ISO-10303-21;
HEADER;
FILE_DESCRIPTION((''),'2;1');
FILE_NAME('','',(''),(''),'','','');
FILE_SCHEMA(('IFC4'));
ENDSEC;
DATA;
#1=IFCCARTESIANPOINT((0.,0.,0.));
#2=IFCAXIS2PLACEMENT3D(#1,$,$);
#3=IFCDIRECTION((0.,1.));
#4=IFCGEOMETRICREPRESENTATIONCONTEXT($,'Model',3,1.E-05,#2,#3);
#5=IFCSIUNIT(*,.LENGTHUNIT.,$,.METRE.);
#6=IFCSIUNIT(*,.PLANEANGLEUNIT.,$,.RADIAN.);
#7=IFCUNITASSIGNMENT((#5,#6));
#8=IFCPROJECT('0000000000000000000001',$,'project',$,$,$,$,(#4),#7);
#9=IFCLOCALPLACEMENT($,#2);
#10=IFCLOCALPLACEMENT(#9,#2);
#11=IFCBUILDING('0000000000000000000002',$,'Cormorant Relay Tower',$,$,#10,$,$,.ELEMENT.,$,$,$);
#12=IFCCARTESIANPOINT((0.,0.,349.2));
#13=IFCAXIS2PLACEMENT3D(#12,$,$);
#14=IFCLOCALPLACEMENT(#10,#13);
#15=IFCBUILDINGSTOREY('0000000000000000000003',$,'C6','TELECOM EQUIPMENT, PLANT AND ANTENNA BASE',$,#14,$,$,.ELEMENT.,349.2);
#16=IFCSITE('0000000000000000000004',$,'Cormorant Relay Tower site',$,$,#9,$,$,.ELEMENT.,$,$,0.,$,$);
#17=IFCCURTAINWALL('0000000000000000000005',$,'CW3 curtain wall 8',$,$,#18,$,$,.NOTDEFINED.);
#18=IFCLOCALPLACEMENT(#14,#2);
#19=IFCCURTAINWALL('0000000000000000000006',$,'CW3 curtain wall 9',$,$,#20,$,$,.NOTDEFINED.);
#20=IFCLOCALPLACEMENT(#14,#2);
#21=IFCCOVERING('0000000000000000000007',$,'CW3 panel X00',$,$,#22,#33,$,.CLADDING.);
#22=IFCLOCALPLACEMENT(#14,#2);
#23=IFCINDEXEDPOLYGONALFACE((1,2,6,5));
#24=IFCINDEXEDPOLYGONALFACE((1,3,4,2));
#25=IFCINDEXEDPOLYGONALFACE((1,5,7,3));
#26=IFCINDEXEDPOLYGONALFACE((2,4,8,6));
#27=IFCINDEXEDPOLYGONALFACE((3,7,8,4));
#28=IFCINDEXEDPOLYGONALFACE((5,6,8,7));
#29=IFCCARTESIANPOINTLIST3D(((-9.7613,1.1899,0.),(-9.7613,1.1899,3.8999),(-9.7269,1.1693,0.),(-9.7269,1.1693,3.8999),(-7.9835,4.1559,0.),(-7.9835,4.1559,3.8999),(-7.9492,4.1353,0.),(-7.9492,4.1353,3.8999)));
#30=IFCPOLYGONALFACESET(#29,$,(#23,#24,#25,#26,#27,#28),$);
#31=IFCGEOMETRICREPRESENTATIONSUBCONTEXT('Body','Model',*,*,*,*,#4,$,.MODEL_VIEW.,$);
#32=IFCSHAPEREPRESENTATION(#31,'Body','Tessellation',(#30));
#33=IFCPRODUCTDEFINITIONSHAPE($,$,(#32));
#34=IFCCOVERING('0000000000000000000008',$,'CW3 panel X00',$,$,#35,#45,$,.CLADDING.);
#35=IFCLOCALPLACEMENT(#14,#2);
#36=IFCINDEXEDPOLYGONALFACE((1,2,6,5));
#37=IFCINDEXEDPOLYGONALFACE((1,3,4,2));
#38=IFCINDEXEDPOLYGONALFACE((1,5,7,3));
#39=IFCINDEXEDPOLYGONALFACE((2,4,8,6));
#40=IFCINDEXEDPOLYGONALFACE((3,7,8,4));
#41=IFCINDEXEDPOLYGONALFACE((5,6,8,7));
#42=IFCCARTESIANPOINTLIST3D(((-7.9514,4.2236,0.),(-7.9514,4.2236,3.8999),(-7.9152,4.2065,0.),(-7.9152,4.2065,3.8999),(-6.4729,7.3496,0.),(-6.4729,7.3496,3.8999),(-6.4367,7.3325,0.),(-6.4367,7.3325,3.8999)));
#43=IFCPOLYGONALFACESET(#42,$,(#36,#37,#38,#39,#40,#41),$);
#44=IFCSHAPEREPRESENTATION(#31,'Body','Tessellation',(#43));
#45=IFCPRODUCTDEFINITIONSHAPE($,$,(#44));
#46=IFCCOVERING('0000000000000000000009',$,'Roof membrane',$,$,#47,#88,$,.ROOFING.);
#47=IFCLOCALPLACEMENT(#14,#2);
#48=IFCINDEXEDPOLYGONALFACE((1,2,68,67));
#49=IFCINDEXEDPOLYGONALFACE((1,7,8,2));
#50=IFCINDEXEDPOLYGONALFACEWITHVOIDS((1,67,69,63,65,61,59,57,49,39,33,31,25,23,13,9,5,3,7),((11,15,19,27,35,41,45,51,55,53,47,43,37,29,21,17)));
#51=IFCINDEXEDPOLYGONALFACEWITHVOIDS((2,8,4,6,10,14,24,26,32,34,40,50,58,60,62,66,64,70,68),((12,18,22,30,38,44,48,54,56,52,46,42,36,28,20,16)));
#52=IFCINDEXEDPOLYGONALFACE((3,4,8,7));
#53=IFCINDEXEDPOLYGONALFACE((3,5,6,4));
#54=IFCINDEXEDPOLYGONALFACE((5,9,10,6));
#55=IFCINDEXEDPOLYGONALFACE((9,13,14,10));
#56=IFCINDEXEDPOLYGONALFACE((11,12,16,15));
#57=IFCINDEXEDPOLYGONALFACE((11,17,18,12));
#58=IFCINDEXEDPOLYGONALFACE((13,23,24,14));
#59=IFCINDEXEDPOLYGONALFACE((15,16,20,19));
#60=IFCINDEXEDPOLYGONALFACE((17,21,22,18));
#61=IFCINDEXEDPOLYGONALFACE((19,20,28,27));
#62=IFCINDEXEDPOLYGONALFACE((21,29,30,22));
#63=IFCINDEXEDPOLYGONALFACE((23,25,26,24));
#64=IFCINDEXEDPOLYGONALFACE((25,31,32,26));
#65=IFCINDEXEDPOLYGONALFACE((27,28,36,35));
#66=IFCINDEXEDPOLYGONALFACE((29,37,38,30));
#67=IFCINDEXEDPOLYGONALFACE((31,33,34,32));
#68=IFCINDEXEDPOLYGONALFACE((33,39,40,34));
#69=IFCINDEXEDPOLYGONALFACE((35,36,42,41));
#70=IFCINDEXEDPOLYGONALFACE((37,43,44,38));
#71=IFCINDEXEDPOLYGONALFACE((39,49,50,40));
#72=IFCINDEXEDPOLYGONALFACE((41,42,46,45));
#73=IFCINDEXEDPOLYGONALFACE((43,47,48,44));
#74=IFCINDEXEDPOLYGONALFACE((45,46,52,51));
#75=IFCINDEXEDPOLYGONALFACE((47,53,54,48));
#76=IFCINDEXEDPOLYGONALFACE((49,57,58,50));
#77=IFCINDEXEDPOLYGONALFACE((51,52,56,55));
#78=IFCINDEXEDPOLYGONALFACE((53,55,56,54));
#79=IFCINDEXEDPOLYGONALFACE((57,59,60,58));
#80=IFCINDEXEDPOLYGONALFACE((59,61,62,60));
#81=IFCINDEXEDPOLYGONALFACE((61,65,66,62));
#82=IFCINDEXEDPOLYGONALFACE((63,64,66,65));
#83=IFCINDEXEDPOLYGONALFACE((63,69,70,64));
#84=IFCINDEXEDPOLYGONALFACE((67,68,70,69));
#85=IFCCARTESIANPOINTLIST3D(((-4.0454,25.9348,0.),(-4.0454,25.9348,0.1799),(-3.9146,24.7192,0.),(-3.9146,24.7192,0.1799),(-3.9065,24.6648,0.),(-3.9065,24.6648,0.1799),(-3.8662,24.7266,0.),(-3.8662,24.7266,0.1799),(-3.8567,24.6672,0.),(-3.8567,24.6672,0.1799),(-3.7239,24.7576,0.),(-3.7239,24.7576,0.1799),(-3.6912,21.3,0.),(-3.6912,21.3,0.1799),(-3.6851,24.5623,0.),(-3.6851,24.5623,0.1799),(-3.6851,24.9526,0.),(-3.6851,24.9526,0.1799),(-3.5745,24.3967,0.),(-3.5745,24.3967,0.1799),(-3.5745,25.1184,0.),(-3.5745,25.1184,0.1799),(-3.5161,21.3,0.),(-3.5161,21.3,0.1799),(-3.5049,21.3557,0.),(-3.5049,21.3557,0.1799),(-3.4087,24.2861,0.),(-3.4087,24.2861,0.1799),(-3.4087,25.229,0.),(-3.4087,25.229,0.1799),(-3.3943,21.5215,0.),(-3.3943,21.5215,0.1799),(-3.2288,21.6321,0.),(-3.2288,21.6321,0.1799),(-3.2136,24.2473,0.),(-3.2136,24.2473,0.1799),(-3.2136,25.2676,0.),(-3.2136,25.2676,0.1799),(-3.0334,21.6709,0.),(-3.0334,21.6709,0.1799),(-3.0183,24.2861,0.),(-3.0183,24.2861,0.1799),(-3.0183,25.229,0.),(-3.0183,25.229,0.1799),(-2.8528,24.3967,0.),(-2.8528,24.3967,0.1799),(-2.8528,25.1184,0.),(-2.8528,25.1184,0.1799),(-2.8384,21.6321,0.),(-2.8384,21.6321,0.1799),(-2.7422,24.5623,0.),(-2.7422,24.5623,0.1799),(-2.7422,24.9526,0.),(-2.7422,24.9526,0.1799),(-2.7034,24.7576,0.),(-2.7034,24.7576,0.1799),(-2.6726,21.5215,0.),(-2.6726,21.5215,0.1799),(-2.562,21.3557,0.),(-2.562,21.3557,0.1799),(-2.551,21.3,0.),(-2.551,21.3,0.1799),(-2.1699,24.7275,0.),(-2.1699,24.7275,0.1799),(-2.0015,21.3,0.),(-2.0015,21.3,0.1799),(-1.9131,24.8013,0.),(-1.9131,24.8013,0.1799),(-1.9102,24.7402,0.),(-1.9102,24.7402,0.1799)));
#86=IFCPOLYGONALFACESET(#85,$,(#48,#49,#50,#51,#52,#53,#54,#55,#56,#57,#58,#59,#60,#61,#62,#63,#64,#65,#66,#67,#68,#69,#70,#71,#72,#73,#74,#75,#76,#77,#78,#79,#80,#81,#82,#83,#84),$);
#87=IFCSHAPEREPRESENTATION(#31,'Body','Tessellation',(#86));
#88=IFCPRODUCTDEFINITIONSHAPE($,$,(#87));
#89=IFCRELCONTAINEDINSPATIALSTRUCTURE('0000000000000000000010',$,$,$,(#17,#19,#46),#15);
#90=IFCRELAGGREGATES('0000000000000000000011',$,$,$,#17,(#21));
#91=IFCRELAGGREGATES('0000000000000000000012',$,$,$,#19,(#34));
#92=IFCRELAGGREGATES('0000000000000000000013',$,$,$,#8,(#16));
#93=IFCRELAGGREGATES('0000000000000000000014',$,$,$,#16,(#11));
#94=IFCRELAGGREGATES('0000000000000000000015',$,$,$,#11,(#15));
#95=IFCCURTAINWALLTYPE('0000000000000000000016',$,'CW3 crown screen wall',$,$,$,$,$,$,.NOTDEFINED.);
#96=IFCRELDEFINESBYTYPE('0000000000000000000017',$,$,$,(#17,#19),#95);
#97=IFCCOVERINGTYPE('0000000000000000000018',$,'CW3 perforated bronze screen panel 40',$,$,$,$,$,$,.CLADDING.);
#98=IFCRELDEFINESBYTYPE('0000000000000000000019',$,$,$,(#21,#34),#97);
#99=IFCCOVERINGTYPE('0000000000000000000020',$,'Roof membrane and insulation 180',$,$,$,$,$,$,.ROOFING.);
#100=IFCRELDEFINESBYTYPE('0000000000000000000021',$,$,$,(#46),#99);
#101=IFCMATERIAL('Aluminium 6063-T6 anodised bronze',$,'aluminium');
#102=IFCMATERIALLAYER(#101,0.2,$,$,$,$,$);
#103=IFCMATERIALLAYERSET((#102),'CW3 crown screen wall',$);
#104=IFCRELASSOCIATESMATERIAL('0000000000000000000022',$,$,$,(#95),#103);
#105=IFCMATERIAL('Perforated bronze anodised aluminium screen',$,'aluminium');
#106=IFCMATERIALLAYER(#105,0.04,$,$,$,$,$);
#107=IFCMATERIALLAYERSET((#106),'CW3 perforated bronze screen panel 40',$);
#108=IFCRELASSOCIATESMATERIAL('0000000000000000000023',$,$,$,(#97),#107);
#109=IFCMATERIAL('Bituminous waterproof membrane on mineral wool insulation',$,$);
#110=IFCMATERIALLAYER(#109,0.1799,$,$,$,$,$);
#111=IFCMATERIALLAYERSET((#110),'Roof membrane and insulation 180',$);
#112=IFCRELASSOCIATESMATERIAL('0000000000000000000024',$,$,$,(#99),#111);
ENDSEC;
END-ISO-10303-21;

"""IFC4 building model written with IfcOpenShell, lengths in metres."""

from ifc_helpers import new_model, si_unit, direction, frame, origin, origin_2d, place, context, subcontext, project, spatial, polyline, rectangle, outline, extrude, material, layer, layer_set, type_object, element, aggregate, save


model = new_model("IFC4")

# Units and contexts
model_context = context("Model", 3, precision=1e-05, world=origin(), true_north=direction((0.0, 1.0)))
body_context = subcontext(model_context, "Body", "Model", "MODEL_VIEW")
ifc_project = project(units=[si_unit("LENGTHUNIT", "METRE"), si_unit("PLANEANGLEUNIT", "RADIAN")], contexts=[model_context])

# Site, building, storey
site_placement = place(None, origin())
site = spatial("IfcSite", under=ifc_project, at=site_placement, Name="Cormorant Relay Tower site", CompositionType="ELEMENT", RefElevation=0.0)
building_placement = place(site_placement, origin())
building = spatial("IfcBuilding", under=site, at=building_placement, Name="Cormorant Relay Tower", CompositionType="ELEMENT")
storey_placement = place(building_placement, frame((0.0, 0.0, 349.2)))
storey = spatial("IfcBuildingStorey", under=building, at=storey_placement, Name="C6", Description="TELECOM EQUIPMENT, PLANT AND ANTENNA BASE", CompositionType="ELEMENT", Elevation=349.2)

# Curtain walls
ifc_material_1 = material(Name="Aluminium 6063-T6 anodised bronze", Category="aluminium")
ifc_layer_1 = layer(ifc_material_1, 0.2)
ifc_layer_set_1 = layer_set([ifc_layer_1], Name="CW3 crown screen wall")
curtain_wall_type = type_object("IfcCurtainWallType", Name="CW3 crown screen wall", PredefinedType="NOTDEFINED", material=ifc_layer_set_1)
curtain_wall_1_placement = place(storey_placement, origin())
curtain_wall_1 = element("IfcCurtainWall", 1, at=curtain_wall_1_placement, inside=storey, type_object=curtain_wall_type, Name="CW3 curtain wall 8", PredefinedType="NOTDEFINED")
curtain_wall_2_placement = place(storey_placement, origin())
curtain_wall_2 = element("IfcCurtainWall", 2, at=curtain_wall_2_placement, inside=storey, type_object=curtain_wall_type, Name="CW3 curtain wall 9", PredefinedType="NOTDEFINED")

# Shared definitions
ifc_material_2 = material(Name="Perforated bronze anodised aluminium screen", Category="aluminium")
ifc_layer_2 = layer(ifc_material_2, 0.04)
ifc_layer_set_2 = layer_set([ifc_layer_2], Name="CW3 perforated bronze screen panel 40")
covering_type_1 = type_object("IfcCoveringType", Name="CW3 perforated bronze screen panel 40", PredefinedType="CLADDING", material=ifc_layer_set_2)

# Coverings
covering_1_placement = place(storey_placement, frame((-8.8552, 2.6626, 0.0), z_axis=(0.0, 0.0, 1.0), x_axis=(0.514103, 0.857729, 0.0)))
covering_1 = element("IfcCovering", 3, at=covering_1_placement, type_object=covering_type_1, Name="CW3 panel X00", PredefinedType="CLADDING", context=body_context, shape_type="SweptSolid", body=[
    extrude(rectangle(XDim=3.458, YDim=0.04, at=origin_2d()), origin(), (0.0, 0.0, 1.0), 3.8999),
])
aggregate(curtain_wall_1, [covering_1])
covering_2_placement = place(storey_placement, frame((-7.1941, 5.7781, 0.0), z_axis=(0.0, 0.0, 1.0), x_axis=(0.427555, 0.903989, 0.0)))
covering_2 = element("IfcCovering", 4, at=covering_2_placement, type_object=covering_type_1, Name="CW3 panel X00", PredefinedType="CLADDING", context=body_context, shape_type="SweptSolid", body=[
    extrude(rectangle(XDim=3.458, YDim=0.04, at=origin_2d()), origin(), (0.0, 0.0, 1.0), 3.8999),
])
aggregate(curtain_wall_2, [covering_2])

# Covering
ifc_material_3 = material(Name="Bituminous waterproof membrane on mineral wool insulation")
ifc_layer_3 = layer(ifc_material_3, 0.1799)
ifc_layer_set_3 = layer_set([ifc_layer_3], Name="Roof membrane and insulation 180")
covering_type_2 = type_object("IfcCoveringType", Name="Roof membrane and insulation 180", PredefinedType="ROOFING", material=ifc_layer_set_3)
covering_3_placement = place(storey_placement, origin())
element("IfcCovering", 5, at=covering_3_placement, inside=storey, type_object=covering_type_2, Name="Roof membrane", PredefinedType="ROOFING", context=body_context, shape_type="SweptSolid", body=[
    extrude(outline(polyline([(-3.6912, 21.3), (-3.8567, 24.6672), (-3.9065, 24.6648), (-3.9146, 24.7192), (-3.8662, 24.7266), (-4.0454, 25.9348), (-1.9131, 24.8013), (-1.9102, 24.7402), (-2.1699, 24.7275), (-2.0015, 21.3), (-2.551, 21.3), (-2.562, 21.3557), (-2.6726, 21.5215), (-2.8384, 21.6321), (-3.0334, 21.6709), (-3.2288, 21.6321), (-3.3943, 21.5215), (-3.5049, 21.3557), (-3.5161, 21.3), (-3.6912, 21.3)]), holes=[polyline([(-2.8528, 24.3967), (-2.7422, 24.5623), (-2.7034, 24.7576), (-2.7422, 24.9526), (-2.8528, 25.1184), (-3.0183, 25.229), (-3.2136, 25.2676), (-3.4087, 25.229), (-3.5745, 25.1184), (-3.6851, 24.9526), (-3.7239, 24.7576), (-3.6851, 24.5623), (-3.5745, 24.3967), (-3.4087, 24.2861), (-3.2136, 24.2473), (-3.0183, 24.2861), (-2.8528, 24.3967)])]), origin(), (0.0, 0.0, 1.0), 0.1799),
])

save(model, "model.ifc")
